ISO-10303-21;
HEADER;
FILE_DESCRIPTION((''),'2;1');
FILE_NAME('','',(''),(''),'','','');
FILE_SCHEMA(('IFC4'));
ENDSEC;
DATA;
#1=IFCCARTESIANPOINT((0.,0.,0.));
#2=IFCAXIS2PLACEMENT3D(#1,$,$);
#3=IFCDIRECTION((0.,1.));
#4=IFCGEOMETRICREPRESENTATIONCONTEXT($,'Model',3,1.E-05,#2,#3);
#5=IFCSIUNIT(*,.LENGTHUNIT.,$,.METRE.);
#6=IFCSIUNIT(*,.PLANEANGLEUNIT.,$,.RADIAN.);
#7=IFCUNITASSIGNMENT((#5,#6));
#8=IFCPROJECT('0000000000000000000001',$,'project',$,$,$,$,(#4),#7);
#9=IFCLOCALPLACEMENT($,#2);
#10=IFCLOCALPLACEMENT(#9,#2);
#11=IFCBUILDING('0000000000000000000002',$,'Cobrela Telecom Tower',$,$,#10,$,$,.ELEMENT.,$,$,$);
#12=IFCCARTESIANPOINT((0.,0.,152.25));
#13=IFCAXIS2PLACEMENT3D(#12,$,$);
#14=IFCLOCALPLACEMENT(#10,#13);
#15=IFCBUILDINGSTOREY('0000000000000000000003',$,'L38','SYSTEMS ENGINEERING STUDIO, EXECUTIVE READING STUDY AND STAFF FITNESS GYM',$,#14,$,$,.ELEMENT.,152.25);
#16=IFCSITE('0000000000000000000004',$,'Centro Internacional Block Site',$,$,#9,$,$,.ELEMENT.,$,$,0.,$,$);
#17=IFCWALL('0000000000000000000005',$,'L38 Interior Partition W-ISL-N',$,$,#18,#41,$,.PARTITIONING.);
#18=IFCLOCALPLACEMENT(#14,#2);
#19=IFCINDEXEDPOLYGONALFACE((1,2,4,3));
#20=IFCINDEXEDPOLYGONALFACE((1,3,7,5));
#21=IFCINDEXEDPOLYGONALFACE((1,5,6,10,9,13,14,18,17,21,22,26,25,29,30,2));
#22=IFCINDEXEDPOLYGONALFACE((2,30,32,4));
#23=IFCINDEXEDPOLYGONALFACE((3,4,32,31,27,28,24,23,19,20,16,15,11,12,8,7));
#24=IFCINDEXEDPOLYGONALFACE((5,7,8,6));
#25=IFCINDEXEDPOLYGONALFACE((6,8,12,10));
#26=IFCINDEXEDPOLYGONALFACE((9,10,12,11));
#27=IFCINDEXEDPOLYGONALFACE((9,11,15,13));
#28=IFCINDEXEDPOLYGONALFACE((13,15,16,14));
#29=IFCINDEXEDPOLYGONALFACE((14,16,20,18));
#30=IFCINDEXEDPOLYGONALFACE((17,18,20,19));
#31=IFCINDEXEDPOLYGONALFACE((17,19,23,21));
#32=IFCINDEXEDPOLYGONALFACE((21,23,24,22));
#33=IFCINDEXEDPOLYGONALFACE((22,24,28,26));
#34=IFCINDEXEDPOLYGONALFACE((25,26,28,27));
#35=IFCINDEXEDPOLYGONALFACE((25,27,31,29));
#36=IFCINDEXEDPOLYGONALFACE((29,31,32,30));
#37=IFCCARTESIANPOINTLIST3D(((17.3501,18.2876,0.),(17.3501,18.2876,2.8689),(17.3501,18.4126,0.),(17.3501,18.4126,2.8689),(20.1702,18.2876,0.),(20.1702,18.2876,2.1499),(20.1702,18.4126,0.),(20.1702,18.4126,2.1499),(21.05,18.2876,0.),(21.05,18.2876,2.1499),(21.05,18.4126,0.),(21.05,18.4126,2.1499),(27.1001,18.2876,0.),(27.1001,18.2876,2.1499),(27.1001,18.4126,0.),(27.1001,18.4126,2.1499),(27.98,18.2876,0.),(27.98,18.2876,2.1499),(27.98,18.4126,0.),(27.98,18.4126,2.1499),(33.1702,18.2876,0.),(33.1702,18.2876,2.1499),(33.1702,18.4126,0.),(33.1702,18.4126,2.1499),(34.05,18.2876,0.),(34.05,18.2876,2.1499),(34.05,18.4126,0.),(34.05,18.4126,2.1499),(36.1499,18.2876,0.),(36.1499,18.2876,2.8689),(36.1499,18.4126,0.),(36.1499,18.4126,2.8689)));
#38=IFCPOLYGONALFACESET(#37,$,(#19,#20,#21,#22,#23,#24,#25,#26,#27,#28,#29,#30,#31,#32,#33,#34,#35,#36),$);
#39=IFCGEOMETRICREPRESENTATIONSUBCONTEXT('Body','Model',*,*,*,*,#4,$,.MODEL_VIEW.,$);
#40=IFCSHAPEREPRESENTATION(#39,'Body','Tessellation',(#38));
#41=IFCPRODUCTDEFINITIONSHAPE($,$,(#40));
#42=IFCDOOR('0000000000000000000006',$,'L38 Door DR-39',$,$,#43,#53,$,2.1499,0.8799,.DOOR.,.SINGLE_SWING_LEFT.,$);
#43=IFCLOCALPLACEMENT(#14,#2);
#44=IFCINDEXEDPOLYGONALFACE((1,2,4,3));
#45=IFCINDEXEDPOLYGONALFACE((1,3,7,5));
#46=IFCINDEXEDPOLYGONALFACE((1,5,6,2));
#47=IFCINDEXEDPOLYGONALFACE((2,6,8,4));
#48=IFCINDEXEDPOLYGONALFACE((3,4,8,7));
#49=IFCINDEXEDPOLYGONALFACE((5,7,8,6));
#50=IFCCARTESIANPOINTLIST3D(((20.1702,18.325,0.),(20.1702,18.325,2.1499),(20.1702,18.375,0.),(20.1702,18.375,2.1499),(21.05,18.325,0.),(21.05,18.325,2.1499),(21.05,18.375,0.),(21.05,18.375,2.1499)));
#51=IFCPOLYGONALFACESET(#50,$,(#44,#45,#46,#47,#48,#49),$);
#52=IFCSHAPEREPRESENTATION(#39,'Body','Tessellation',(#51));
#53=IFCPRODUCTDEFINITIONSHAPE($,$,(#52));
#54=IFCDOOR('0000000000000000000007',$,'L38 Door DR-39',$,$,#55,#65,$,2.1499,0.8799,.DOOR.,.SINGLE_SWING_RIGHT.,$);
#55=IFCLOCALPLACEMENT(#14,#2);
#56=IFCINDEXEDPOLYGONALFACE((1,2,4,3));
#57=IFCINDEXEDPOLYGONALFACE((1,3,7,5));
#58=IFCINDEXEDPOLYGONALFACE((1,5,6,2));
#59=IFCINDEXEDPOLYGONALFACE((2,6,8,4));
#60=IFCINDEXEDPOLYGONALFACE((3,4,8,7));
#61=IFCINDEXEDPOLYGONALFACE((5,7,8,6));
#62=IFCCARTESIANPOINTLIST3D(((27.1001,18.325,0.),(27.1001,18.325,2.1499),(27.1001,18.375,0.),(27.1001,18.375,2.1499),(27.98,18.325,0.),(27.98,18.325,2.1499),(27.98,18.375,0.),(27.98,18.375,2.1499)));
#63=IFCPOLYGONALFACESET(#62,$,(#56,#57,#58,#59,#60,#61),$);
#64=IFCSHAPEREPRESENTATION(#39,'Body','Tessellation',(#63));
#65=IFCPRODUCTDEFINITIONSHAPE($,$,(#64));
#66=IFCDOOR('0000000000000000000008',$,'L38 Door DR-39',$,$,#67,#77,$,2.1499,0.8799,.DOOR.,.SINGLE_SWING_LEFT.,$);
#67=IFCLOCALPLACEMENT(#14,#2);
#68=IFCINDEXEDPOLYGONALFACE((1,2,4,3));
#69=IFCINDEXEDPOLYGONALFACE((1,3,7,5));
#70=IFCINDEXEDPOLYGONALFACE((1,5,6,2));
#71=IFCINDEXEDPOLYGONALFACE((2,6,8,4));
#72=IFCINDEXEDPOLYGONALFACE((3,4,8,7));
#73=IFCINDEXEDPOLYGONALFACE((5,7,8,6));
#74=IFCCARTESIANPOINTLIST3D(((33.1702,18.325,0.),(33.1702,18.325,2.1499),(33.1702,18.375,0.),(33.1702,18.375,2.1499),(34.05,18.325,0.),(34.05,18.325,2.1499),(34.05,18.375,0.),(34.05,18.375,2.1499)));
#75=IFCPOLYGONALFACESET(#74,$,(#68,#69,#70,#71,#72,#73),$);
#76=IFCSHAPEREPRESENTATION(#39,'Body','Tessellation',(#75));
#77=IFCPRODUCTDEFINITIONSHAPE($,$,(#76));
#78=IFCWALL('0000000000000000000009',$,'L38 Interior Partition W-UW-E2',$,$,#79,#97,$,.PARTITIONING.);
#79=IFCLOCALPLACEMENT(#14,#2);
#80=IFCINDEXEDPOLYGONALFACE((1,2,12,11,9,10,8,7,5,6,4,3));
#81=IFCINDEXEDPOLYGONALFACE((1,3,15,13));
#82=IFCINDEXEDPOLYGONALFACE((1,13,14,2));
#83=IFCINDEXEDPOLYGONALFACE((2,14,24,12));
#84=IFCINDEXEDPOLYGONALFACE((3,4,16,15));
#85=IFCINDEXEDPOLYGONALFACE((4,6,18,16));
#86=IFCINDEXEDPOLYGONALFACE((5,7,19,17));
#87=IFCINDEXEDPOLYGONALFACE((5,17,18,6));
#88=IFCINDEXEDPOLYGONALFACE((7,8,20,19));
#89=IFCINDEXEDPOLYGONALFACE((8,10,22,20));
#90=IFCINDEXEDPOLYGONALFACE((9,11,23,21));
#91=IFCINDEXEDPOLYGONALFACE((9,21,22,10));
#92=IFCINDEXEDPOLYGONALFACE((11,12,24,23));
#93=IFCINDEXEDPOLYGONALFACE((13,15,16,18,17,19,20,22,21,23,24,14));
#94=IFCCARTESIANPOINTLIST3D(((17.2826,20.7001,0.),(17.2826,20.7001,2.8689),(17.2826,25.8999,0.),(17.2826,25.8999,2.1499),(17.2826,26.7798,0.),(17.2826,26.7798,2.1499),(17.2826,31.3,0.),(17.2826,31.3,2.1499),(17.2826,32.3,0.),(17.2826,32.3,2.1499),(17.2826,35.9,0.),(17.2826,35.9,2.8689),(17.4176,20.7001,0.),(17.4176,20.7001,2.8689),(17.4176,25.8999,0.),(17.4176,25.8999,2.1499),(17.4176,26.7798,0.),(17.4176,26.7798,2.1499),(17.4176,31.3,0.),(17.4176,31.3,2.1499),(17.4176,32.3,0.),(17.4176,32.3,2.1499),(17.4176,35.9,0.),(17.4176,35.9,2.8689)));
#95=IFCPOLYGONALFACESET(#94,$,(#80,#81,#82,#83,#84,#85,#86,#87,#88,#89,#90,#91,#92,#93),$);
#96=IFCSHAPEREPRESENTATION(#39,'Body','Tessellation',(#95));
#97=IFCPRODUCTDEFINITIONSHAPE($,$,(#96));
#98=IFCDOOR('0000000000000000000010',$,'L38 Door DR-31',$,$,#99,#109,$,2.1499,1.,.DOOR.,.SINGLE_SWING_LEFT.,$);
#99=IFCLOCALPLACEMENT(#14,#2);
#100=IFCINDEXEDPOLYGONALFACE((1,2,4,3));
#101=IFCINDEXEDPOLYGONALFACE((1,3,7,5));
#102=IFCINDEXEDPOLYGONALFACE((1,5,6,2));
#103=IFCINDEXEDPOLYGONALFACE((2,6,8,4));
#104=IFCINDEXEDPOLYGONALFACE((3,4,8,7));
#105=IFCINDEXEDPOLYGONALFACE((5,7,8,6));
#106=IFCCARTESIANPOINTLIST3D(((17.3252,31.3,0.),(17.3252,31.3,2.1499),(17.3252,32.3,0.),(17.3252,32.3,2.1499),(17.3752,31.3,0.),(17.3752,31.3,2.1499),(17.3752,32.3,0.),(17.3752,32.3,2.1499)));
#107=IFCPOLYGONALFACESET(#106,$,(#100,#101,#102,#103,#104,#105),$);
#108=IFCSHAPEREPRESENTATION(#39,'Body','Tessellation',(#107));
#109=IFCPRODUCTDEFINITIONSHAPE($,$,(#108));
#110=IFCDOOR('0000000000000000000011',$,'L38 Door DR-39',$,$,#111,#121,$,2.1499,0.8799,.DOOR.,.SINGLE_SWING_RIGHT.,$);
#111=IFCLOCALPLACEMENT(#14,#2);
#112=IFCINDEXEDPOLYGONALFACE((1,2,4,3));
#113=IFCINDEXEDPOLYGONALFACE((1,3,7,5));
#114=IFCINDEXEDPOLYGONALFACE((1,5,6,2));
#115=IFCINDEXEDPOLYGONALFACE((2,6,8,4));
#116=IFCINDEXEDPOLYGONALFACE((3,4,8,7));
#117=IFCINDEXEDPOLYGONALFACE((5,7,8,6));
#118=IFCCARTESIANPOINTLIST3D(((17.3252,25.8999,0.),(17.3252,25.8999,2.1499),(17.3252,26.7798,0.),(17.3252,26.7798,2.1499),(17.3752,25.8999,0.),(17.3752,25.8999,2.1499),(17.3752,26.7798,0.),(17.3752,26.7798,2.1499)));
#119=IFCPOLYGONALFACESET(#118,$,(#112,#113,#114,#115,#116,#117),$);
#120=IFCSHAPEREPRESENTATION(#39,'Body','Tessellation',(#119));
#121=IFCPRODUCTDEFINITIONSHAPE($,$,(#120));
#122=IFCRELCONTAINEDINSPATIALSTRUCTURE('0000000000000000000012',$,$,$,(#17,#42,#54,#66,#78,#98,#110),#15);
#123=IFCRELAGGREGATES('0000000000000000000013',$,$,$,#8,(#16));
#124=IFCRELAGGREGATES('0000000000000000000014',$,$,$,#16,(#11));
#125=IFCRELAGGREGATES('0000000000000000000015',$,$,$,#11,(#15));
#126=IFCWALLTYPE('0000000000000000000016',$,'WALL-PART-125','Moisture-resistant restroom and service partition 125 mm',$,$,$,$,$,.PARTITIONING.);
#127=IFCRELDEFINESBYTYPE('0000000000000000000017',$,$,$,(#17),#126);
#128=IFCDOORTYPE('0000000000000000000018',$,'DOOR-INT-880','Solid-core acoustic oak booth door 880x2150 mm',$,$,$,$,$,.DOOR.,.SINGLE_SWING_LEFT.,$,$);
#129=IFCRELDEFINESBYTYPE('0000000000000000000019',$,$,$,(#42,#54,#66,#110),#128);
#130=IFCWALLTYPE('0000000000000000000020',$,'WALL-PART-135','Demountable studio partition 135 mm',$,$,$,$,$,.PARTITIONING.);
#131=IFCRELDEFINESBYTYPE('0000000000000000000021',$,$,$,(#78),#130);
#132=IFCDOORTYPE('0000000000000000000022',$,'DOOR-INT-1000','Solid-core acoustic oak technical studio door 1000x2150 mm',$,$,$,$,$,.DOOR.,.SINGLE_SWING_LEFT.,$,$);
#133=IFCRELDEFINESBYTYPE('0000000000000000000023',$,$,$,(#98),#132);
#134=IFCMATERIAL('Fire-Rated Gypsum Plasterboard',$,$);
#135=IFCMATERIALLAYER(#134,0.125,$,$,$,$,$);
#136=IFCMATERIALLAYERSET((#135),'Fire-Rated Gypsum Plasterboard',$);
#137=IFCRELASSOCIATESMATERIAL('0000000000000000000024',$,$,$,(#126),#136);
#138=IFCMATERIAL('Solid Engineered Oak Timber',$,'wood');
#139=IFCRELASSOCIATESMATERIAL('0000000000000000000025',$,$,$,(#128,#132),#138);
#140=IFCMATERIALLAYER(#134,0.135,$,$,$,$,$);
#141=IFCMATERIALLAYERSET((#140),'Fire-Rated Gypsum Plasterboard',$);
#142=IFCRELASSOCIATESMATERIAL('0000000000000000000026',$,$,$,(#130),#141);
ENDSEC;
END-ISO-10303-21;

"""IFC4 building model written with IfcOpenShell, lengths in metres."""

from ifc_helpers import new_model, si_unit, direction, frame, frame_2d, origin, place, context, subcontext, project, spatial, rectangle, extrude, material, layer, layer_set, type_object, element, fill, save


model = new_model("IFC4")

# Units and contexts
model_context = context("Model", 3, precision=1e-05, world=origin(), true_north=direction((0.0, 1.0)))
body_context = subcontext(model_context, "Body", "Model", "MODEL_VIEW")
ifc_project = project(units=[si_unit("LENGTHUNIT", "METRE"), si_unit("PLANEANGLEUNIT", "RADIAN")], contexts=[model_context])

# Site, building, storey
site_placement = place(None, origin())
site = spatial("IfcSite", under=ifc_project, at=site_placement, Name="Centro Internacional Block Site", CompositionType="ELEMENT", RefElevation=0.0)
building_placement = place(site_placement, origin())
building = spatial("IfcBuilding", under=site, at=building_placement, Name="Cobrela Telecom Tower", CompositionType="ELEMENT")
storey_placement = place(building_placement, frame((0.0, 0.0, 152.25)))
storey = spatial("IfcBuildingStorey", under=building, at=storey_placement, Name="L38", Description="SYSTEMS ENGINEERING STUDIO, EXECUTIVE READING STUDY AND STAFF FITNESS GYM", CompositionType="ELEMENT", Elevation=152.25)

# Shared definitions
ifc_material_1 = material(Name="Fire-Rated Gypsum Plasterboard")
ifc_layer_1 = layer(ifc_material_1, 0.125)
ifc_layer_set_1 = layer_set([ifc_layer_1], Name="Fire-Rated Gypsum Plasterboard")
wall_type_1 = type_object("IfcWallType", Name="WALL-PART-125", Description="Moisture-resistant restroom and service partition 125 mm", PredefinedType="PARTITIONING", material=ifc_layer_set_1)

# Walls, openings, doors
wall_1_placement = place(storey_placement, frame((17.3501, 18.3501, 0.0), z_axis=(0.0, 0.0, 1.0), x_axis=(1.0, 0.0, 0.0)))
wall_1 = element("IfcWall", 1, at=wall_1_placement, inside=storey, type_object=wall_type_1, Name="L38 Interior Partition W-ISL-N", PredefinedType="PARTITIONING", context=body_context, shape_type="SweptSolid", body=[
    extrude(rectangle(XDim=18.7998, YDim=0.125, at=frame_2d((9.3999, 0.0))), origin(), (0.0, 0.0, 1.0), 2.8689),
])
opening_1_placement = place(wall_1_placement, frame((2.8201, 0.0, 0.0)))
opening_1 = element("IfcOpeningElement", 2, at=opening_1_placement, cuts=wall_1, PredefinedType="OPENING", context=body_context, shape_type="SweptSolid", body=[
    extrude(rectangle(XDim=0.8799, YDim=2.1499, at=frame_2d((0.4399, 1.075))), frame((0.0, 0.0745, 0.0), z_axis=(0.0, -1.0, 0.0), x_axis=(1.0, 0.0, 0.0)), (0.0, 0.0, 1.0), 0.1489),
])
opening_2_placement = place(wall_1_placement, frame((9.75, 0.0, 0.0)))
opening_2 = element("IfcOpeningElement", 3, at=opening_2_placement, cuts=wall_1, PredefinedType="OPENING", context=body_context, shape_type="SweptSolid", body=[
    extrude(rectangle(XDim=0.8799, YDim=2.1499, at=frame_2d((0.4399, 1.075))), frame((0.0, 0.0745, 0.0), z_axis=(0.0, -1.0, 0.0), x_axis=(1.0, 0.0, 0.0)), (0.0, 0.0, 1.0), 0.1489),
])
opening_3_placement = place(wall_1_placement, frame((15.8201, 0.0, 0.0)))
opening_3 = element("IfcOpeningElement", 4, at=opening_3_placement, cuts=wall_1, PredefinedType="OPENING", context=body_context, shape_type="SweptSolid", body=[
    extrude(rectangle(XDim=0.8799, YDim=2.1499, at=frame_2d((0.4399, 1.075))), frame((0.0, 0.0745, 0.0), z_axis=(0.0, -1.0, 0.0), x_axis=(1.0, 0.0, 0.0)), (0.0, 0.0, 1.0), 0.1489),
])
ifc_material_2 = material(Name="Solid Engineered Oak Timber", Category="wood")
door_type_1 = type_object("IfcDoorType", Name="DOOR-INT-880", Description="Solid-core acoustic oak booth door 880x2150 mm", OperationType="SINGLE_SWING_LEFT", PredefinedType="DOOR", material=ifc_material_2)
door_1_placement = place(opening_1_placement, origin())
door_1 = element("IfcDoor", 5, at=door_1_placement, inside=storey, type_object=door_type_1, Name="L38 Door DR-39", OperationType="SINGLE_SWING_LEFT", OverallHeight=2.1499, OverallWidth=0.8799, PredefinedType="DOOR", context=body_context, shape_type="SweptSolid", body=[
    extrude(rectangle(XDim=0.8799, YDim=2.1499, at=frame_2d((0.4399, 1.075))), frame((0.0, 0.0249, 0.0), z_axis=(0.0, -1.0, 0.0), x_axis=(1.0, 0.0, 0.0)), (0.0, 0.0, 1.0), 0.05),
])
fill(opening_1, door_1)
door_2_placement = place(opening_2_placement, origin())
door_2 = element("IfcDoor", 6, at=door_2_placement, inside=storey, type_object=door_type_1, Name="L38 Door DR-39", OperationType="SINGLE_SWING_RIGHT", OverallHeight=2.1499, OverallWidth=0.8799, PredefinedType="DOOR", context=body_context, shape_type="SweptSolid", body=[
    extrude(rectangle(XDim=0.8799, YDim=2.1499, at=frame_2d((0.4399, 1.075))), frame((0.0, 0.0249, 0.0), z_axis=(0.0, -1.0, 0.0), x_axis=(1.0, 0.0, 0.0)), (0.0, 0.0, 1.0), 0.05),
])
fill(opening_2, door_2)
door_3_placement = place(opening_3_placement, origin())
door_3 = element("IfcDoor", 7, at=door_3_placement, inside=storey, type_object=door_type_1, Name="L38 Door DR-39", OperationType="SINGLE_SWING_LEFT", OverallHeight=2.1499, OverallWidth=0.8799, PredefinedType="DOOR", context=body_context, shape_type="SweptSolid", body=[
    extrude(rectangle(XDim=0.8799, YDim=2.1499, at=frame_2d((0.4399, 1.075))), frame((0.0, 0.0249, 0.0), z_axis=(0.0, -1.0, 0.0), x_axis=(1.0, 0.0, 0.0)), (0.0, 0.0, 1.0), 0.05),
])
fill(opening_3, door_3)
ifc_layer_2 = layer(ifc_material_1, 0.135)
ifc_layer_set_2 = layer_set([ifc_layer_2], Name="Fire-Rated Gypsum Plasterboard")
wall_type_2 = type_object("IfcWallType", Name="WALL-PART-135", Description="Demountable studio partition 135 mm", PredefinedType="PARTITIONING", material=ifc_layer_set_2)
wall_2_placement = place(storey_placement, frame((17.3501, 20.7, 0.0), z_axis=(0.0, 0.0, 1.0), x_axis=(0.0, 1.0, 0.0)))
wall_2 = element("IfcWall", 8, at=wall_2_placement, inside=storey, type_object=wall_type_2, Name="L38 Interior Partition W-UW-E2", PredefinedType="PARTITIONING", context=body_context, shape_type="SweptSolid", body=[
    extrude(rectangle(XDim=15.2, YDim=0.135, at=frame_2d((7.6001, 0.0))), origin(), (0.0, 0.0, 1.0), 2.8689),
])
opening_4_placement = place(wall_2_placement, frame((5.2, 0.0, 0.0)))
opening_4 = element("IfcOpeningElement", 9, at=opening_4_placement, cuts=wall_2, PredefinedType="OPENING", context=body_context, shape_type="SweptSolid", body=[
    extrude(rectangle(XDim=0.8799, YDim=2.1499, at=frame_2d((0.4399, 1.075))), frame((0.0, 0.0796, 0.0), z_axis=(0.0, -1.0, 0.0), x_axis=(1.0, 0.0, 0.0)), (0.0, 0.0, 1.0), 0.1589),
])
opening_5_placement = place(wall_2_placement, frame((10.6001, 0.0, 0.0)))
opening_5 = element("IfcOpeningElement", 10, at=opening_5_placement, cuts=wall_2, PredefinedType="OPENING", context=body_context, shape_type="SweptSolid", body=[
    extrude(rectangle(XDim=1.0, YDim=2.1499, at=frame_2d((0.5, 1.075))), frame((0.0, 0.0796, 0.0), z_axis=(0.0, -1.0, 0.0), x_axis=(1.0, 0.0, 0.0)), (0.0, 0.0, 1.0), 0.1589),
])
door_type_2 = type_object("IfcDoorType", Name="DOOR-INT-1000", Description="Solid-core acoustic oak technical studio door 1000x2150 mm", OperationType="SINGLE_SWING_LEFT", PredefinedType="DOOR", material=ifc_material_2)
door_4_placement = place(opening_5_placement, origin())
door_4 = element("IfcDoor", 11, at=door_4_placement, inside=storey, type_object=door_type_2, Name="L38 Door DR-31", OperationType="SINGLE_SWING_LEFT", OverallHeight=2.1499, OverallWidth=1.0, PredefinedType="DOOR", context=body_context, shape_type="SweptSolid", body=[
    extrude(rectangle(XDim=1.0, YDim=2.1499, at=frame_2d((0.5, 1.075))), frame((0.0, 0.0249, 0.0), z_axis=(0.0, -1.0, 0.0), x_axis=(1.0, 0.0, 0.0)), (0.0, 0.0, 1.0), 0.05),
])
fill(opening_5, door_4)
door_5_placement = place(opening_4_placement, origin())
door_5 = element("IfcDoor", 12, at=door_5_placement, inside=storey, type_object=door_type_1, Name="L38 Door DR-39", OperationType="SINGLE_SWING_RIGHT", OverallHeight=2.1499, OverallWidth=0.8799, PredefinedType="DOOR", context=body_context, shape_type="SweptSolid", body=[
    extrude(rectangle(XDim=0.8799, YDim=2.1499, at=frame_2d((0.4399, 1.075))), frame((0.0, 0.0249, 0.0), z_axis=(0.0, -1.0, 0.0), x_axis=(1.0, 0.0, 0.0)), (0.0, 0.0, 1.0), 0.05),
])
fill(opening_4, door_5)

save(model, "model.ifc")
